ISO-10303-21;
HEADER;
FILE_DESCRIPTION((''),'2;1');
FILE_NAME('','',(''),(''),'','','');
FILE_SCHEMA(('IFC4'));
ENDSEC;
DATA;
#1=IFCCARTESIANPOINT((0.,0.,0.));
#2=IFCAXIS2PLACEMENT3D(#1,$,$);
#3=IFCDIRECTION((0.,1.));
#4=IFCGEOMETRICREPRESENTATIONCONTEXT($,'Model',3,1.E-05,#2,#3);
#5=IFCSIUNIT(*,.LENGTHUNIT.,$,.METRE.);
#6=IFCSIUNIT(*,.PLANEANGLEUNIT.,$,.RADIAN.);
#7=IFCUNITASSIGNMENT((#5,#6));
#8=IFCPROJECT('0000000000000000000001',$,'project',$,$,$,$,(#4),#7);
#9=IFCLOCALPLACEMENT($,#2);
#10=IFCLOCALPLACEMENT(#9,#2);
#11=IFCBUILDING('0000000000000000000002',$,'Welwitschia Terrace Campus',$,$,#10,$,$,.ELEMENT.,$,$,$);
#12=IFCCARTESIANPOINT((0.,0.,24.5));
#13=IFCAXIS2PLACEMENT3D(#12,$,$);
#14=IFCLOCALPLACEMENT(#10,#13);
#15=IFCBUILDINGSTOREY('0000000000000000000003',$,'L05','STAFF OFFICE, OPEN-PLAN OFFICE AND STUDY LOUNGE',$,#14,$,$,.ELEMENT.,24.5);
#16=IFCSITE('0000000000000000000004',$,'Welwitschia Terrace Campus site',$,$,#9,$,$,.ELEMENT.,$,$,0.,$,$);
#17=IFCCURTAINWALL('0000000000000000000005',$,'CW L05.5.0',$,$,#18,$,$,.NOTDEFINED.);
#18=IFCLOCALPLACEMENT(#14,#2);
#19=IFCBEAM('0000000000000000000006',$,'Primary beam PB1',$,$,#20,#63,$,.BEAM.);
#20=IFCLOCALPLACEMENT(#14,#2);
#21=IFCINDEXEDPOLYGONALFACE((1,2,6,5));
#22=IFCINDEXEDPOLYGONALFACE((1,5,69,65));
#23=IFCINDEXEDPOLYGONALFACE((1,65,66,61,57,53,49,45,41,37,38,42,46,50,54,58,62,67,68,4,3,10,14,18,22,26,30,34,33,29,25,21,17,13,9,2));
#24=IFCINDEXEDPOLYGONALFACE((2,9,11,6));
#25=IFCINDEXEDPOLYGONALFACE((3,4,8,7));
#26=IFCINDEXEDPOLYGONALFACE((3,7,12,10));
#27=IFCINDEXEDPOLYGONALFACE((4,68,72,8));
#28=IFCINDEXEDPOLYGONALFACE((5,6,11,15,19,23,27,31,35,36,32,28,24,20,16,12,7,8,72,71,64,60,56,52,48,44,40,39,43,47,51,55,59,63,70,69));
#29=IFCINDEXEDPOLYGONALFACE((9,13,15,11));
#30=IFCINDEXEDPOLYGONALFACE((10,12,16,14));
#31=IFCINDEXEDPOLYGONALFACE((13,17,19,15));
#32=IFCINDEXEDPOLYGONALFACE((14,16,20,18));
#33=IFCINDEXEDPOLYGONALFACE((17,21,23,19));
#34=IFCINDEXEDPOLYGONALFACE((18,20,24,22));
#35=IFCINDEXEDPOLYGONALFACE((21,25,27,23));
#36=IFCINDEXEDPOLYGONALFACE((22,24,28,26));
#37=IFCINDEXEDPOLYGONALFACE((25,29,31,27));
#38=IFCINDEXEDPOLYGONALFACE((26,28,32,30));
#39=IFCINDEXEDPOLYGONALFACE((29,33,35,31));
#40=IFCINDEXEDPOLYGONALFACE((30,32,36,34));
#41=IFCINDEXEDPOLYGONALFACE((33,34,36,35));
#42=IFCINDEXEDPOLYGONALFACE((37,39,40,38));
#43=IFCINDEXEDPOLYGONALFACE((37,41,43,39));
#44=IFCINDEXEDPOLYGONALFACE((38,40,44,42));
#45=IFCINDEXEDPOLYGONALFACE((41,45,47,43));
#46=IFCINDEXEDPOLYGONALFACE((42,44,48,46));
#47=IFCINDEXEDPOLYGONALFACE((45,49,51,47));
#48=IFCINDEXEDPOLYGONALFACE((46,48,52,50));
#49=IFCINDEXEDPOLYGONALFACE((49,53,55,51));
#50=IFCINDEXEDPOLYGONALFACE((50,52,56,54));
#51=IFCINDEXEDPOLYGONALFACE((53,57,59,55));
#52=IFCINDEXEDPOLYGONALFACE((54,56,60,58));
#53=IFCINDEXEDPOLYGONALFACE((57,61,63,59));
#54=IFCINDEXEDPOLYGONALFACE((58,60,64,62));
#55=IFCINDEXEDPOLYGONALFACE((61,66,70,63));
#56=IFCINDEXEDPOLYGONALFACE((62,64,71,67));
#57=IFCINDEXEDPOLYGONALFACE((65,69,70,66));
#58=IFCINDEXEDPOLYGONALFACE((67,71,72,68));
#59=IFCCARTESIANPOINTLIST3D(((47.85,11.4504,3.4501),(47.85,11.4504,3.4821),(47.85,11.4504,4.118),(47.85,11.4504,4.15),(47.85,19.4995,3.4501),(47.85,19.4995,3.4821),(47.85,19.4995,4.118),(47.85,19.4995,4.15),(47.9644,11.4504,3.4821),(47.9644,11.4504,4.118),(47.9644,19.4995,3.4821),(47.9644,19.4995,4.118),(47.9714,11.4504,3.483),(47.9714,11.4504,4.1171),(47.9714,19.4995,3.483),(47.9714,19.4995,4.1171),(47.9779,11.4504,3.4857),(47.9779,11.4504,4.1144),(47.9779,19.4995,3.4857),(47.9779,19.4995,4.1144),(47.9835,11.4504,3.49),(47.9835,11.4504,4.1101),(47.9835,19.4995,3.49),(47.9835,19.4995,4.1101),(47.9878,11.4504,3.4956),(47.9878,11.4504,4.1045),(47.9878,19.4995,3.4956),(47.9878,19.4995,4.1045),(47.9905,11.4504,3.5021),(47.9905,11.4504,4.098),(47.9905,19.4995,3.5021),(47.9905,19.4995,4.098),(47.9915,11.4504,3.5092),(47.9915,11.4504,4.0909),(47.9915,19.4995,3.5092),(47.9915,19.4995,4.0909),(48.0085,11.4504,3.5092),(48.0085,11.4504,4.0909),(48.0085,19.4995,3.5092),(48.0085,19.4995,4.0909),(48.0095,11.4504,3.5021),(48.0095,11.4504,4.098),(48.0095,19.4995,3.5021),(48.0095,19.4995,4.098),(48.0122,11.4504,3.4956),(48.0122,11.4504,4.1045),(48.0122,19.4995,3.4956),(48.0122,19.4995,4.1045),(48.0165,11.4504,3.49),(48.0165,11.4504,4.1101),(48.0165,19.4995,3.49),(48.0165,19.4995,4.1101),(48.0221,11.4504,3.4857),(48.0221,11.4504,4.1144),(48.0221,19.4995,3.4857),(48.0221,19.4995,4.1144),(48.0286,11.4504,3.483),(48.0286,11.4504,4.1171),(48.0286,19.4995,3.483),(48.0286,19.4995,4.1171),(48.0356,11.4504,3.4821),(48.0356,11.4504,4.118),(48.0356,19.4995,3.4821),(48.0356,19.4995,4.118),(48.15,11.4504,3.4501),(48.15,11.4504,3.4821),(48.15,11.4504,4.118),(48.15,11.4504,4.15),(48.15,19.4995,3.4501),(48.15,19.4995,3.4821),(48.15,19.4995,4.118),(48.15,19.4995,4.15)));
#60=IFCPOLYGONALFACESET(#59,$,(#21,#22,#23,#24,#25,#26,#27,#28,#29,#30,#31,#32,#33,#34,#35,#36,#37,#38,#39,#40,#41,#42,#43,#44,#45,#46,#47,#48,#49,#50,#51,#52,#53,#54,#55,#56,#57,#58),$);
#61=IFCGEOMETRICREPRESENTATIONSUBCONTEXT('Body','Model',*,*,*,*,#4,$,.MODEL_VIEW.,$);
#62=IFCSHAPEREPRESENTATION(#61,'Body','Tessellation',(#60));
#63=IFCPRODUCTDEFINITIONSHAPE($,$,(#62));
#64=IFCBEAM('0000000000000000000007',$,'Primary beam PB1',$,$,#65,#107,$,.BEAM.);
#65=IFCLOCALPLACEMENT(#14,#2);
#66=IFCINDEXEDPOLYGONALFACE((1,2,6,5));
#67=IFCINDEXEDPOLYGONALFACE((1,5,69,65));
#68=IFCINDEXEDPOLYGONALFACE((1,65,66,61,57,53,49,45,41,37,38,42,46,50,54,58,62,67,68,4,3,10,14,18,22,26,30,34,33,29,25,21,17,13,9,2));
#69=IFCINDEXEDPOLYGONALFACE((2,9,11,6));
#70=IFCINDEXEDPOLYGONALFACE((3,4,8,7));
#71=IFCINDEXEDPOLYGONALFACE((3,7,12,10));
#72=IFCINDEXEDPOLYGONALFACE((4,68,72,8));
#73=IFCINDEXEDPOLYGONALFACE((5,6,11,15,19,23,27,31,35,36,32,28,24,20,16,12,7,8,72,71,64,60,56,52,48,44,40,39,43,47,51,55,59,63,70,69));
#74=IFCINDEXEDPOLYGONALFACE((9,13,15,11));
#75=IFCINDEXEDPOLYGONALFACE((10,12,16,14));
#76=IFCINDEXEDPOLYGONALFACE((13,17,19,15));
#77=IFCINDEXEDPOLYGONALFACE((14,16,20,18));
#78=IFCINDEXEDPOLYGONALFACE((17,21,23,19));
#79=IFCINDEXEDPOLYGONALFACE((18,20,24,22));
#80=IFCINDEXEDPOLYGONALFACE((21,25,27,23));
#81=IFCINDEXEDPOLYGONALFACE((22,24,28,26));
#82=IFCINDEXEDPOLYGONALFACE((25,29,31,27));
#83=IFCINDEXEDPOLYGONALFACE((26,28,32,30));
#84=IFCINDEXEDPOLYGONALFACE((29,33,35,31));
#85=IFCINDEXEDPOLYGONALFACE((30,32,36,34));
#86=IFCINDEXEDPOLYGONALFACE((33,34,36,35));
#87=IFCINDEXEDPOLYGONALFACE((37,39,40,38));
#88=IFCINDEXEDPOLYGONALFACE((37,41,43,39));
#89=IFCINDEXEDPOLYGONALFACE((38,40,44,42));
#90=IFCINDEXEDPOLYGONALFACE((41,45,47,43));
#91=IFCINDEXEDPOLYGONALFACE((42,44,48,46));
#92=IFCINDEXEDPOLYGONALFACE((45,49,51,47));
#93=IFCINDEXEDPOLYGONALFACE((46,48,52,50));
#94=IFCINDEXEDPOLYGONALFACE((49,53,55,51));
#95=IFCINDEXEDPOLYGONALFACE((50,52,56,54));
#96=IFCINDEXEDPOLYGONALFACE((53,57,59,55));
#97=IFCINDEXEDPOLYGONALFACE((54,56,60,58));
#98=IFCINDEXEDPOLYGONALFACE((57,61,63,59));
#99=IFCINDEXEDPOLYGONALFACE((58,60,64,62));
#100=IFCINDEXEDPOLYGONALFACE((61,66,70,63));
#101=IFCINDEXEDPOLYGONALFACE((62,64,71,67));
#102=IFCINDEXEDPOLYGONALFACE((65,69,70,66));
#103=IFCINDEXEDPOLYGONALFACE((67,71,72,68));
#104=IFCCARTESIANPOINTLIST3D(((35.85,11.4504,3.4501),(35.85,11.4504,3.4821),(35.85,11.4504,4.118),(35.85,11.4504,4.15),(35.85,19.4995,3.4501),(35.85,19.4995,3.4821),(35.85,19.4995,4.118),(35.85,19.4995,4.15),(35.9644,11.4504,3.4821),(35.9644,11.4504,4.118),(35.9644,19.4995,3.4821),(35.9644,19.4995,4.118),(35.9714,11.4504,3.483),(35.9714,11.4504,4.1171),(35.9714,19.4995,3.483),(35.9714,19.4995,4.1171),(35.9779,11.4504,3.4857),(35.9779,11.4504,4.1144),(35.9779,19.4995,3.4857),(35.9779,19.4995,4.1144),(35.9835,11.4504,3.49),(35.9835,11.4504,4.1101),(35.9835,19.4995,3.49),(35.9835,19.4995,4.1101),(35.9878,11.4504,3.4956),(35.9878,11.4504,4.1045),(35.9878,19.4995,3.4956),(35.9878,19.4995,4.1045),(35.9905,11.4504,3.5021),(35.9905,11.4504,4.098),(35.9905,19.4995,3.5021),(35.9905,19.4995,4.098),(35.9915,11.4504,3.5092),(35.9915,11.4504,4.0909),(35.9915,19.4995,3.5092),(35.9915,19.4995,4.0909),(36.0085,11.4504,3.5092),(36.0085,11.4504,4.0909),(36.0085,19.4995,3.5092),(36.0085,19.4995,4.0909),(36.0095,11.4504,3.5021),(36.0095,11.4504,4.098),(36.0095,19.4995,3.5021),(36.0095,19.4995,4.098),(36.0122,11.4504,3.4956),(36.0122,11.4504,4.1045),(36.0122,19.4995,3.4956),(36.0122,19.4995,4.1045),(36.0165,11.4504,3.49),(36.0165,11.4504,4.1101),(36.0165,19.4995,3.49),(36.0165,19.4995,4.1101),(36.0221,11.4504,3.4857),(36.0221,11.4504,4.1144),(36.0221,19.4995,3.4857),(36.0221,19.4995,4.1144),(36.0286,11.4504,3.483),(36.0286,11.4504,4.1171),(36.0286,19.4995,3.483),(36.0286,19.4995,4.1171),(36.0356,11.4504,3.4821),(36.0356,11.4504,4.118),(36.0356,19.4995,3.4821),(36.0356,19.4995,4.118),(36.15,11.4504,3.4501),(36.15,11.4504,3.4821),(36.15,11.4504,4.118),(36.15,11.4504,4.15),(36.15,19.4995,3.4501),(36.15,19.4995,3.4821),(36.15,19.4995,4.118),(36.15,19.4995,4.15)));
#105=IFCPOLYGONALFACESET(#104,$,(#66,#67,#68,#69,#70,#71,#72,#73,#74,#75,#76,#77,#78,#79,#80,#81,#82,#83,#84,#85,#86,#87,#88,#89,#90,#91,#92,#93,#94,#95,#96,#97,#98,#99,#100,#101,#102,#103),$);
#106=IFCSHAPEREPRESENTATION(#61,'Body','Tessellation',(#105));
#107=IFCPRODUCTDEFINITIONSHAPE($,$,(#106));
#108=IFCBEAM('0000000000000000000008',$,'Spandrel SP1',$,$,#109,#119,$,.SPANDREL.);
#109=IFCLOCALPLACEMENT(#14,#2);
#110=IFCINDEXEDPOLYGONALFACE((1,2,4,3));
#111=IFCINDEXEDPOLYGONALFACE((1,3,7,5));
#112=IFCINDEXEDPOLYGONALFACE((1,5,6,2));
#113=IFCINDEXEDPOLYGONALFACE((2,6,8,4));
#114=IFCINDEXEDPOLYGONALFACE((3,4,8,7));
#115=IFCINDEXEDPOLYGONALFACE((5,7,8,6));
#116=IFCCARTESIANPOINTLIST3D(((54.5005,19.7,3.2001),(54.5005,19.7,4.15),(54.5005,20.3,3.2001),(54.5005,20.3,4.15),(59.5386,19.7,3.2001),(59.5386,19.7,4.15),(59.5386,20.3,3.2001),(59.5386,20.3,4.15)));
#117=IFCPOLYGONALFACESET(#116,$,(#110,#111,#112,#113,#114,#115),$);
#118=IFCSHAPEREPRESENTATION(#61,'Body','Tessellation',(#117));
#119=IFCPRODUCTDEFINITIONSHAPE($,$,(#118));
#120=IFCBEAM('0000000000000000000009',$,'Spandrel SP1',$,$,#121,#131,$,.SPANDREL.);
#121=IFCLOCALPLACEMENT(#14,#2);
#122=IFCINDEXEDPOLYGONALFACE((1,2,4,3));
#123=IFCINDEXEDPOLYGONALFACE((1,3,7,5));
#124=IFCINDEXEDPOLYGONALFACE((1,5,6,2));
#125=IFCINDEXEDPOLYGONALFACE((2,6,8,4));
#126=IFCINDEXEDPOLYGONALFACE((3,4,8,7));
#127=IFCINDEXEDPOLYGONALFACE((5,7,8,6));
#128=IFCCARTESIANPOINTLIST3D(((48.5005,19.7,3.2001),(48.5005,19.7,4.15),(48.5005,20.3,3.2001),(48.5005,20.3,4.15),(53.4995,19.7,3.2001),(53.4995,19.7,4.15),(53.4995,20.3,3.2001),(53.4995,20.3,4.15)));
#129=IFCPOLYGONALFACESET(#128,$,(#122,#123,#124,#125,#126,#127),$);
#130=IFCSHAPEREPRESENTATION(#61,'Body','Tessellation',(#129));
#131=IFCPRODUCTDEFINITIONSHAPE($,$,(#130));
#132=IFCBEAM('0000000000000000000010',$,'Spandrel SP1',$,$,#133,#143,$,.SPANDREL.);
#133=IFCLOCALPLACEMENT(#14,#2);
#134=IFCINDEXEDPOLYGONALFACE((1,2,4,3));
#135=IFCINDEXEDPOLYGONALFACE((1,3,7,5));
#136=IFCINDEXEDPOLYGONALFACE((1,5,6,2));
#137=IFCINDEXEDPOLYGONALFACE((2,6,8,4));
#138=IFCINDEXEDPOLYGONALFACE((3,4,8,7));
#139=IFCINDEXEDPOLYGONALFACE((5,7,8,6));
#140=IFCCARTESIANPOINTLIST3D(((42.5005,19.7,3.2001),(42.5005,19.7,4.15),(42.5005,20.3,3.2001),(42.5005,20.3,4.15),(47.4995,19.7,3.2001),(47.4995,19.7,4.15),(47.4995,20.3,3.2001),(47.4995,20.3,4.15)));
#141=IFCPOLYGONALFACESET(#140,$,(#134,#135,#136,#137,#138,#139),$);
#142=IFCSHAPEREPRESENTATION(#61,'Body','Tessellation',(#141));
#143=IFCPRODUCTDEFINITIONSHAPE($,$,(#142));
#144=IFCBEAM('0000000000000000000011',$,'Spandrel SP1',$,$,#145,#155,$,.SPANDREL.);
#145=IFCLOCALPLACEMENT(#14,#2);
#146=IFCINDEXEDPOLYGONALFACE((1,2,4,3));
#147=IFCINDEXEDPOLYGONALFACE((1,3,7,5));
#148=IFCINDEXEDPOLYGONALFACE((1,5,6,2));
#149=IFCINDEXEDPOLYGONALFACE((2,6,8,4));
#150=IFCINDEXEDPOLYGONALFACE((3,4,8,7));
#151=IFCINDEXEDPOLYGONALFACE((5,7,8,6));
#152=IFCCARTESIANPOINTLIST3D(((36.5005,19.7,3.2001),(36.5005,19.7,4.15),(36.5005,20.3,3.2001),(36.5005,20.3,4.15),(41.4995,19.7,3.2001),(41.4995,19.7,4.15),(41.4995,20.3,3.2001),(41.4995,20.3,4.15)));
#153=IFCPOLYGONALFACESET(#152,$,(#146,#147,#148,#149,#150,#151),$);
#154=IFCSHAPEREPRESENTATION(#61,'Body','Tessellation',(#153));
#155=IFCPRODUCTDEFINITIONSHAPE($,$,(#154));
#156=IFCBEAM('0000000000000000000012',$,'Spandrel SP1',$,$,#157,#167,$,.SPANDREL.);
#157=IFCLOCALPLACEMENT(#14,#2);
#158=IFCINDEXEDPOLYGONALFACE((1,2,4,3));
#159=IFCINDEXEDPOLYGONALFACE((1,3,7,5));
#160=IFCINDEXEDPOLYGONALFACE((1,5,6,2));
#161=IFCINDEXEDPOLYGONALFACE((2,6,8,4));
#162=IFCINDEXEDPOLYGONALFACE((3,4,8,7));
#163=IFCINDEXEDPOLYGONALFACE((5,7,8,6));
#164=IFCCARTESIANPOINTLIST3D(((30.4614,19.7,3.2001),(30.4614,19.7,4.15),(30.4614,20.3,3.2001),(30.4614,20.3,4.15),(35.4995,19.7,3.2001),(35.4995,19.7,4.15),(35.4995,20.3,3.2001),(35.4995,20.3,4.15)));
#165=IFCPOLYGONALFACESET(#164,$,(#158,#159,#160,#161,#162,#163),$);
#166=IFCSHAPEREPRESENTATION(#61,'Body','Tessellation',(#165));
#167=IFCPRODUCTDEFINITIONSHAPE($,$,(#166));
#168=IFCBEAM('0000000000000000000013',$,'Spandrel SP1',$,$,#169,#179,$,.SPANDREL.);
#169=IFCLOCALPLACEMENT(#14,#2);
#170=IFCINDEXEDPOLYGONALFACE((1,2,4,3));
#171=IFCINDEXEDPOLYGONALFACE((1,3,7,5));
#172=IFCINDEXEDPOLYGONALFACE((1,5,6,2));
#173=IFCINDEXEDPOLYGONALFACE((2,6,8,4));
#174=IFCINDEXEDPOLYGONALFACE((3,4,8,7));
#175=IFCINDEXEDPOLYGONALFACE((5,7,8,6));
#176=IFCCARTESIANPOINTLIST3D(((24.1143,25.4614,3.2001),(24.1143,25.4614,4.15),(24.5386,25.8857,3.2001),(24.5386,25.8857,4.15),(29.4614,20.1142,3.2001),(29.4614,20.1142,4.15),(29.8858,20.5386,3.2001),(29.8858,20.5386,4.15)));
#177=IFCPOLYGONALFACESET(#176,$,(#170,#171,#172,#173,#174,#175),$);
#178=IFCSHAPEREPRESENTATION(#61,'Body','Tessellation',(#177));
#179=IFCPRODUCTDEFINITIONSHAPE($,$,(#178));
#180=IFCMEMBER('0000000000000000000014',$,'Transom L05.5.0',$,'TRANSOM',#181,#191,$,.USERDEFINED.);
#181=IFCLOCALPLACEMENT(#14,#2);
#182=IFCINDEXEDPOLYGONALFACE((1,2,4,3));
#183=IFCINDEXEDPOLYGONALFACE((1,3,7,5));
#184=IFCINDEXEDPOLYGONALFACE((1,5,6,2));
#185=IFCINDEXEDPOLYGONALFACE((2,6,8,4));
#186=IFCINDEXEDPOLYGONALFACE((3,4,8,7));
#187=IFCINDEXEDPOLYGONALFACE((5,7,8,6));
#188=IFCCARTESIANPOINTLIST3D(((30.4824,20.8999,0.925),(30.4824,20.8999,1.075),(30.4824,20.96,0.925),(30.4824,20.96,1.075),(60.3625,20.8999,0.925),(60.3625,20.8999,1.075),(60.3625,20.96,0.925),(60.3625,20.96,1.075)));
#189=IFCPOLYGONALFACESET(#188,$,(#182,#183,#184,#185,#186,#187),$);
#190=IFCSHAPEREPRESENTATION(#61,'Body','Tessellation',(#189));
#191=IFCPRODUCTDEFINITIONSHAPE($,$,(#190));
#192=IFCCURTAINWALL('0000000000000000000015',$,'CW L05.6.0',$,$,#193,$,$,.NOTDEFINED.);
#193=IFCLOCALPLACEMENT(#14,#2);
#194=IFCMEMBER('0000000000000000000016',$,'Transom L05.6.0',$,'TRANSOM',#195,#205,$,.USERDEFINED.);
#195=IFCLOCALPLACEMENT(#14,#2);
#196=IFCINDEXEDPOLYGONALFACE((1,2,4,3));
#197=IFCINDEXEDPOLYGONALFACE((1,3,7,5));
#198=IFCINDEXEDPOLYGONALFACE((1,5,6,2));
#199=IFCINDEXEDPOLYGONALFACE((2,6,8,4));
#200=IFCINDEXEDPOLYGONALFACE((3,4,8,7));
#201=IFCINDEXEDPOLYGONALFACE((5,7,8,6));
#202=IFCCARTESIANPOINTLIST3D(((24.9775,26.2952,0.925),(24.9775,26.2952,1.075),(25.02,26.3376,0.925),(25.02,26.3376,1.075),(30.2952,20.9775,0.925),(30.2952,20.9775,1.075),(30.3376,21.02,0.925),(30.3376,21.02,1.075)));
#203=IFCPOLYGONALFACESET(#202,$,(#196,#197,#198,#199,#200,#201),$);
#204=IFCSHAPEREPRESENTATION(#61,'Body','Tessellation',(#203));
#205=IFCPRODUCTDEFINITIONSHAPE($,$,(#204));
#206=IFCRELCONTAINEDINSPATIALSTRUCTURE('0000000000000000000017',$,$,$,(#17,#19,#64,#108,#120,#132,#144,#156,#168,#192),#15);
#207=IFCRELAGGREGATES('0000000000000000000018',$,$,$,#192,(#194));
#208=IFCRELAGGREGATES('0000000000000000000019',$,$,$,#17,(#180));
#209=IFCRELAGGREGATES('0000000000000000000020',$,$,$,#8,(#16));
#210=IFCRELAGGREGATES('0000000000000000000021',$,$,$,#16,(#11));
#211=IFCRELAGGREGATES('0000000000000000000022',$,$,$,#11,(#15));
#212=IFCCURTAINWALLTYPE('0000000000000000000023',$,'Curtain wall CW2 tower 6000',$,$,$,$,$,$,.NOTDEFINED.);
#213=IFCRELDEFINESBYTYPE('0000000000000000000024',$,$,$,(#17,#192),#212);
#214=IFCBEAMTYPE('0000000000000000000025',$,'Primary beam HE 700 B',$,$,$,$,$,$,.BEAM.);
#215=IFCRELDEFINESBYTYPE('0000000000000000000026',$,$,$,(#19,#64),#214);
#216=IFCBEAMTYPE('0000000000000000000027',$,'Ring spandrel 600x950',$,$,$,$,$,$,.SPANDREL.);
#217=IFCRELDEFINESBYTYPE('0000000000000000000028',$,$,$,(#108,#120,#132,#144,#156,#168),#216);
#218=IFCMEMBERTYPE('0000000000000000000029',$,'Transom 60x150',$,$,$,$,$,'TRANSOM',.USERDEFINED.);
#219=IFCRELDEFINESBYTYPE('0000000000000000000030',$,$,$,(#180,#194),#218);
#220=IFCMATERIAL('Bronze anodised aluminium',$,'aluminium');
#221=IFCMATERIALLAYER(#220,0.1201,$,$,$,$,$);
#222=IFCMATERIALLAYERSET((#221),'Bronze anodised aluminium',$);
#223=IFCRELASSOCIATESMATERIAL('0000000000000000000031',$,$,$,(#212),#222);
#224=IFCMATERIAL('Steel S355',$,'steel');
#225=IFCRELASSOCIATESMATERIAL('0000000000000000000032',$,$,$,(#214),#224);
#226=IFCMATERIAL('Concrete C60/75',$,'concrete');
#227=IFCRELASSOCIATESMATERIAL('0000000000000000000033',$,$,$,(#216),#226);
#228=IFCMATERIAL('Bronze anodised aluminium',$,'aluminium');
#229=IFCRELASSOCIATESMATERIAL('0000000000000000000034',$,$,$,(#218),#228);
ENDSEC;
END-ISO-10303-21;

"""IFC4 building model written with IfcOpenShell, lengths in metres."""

from ifc_helpers import new_model, si_unit, direction, frame, origin, origin_2d, place, context, subcontext, project, spatial, rectangle, i_section, extrude, material, layer, layer_set, material_profile, profile_set, type_object, element, aggregate, save


model = new_model("IFC4")

# Units and contexts
model_context = context("Model", 3, precision=1e-05, world=origin(), true_north=direction((0.0, 1.0)))
body_context = subcontext(model_context, "Body", "Model", "MODEL_VIEW")
ifc_project = project(units=[si_unit("LENGTHUNIT", "METRE"), si_unit("PLANEANGLEUNIT", "RADIAN")], contexts=[model_context])

# Site, building, storey
site_placement = place(None, origin())
site = spatial("IfcSite", under=ifc_project, at=site_placement, Name="Welwitschia Terrace Campus site", CompositionType="ELEMENT", RefElevation=0.0)
building_placement = place(site_placement, origin())
building = spatial("IfcBuilding", under=site, at=building_placement, Name="Welwitschia Terrace Campus", CompositionType="ELEMENT")
storey_placement = place(building_placement, frame((0.0, 0.0, 24.5)))
storey = spatial("IfcBuildingStorey", under=building, at=storey_placement, Name="L05", Description="STAFF OFFICE, OPEN-PLAN OFFICE AND STUDY LOUNGE", CompositionType="ELEMENT", Elevation=24.5)

# Shared definitions
ifc_material_1 = material(Name="Bronze anodised aluminium", Category="aluminium")
ifc_layer_1 = layer(ifc_material_1, 0.1201)
ifc_layer_set_1 = layer_set([ifc_layer_1], Name="Bronze anodised aluminium")
curtain_wall_type = type_object("IfcCurtainWallType", Name="Curtain wall CW2 tower 6000", PredefinedType="NOTDEFINED", material=ifc_layer_set_1)

# Curtain wall
curtain_wall_1_placement = place(storey_placement, origin())
curtain_wall_1 = element("IfcCurtainWall", 1, at=curtain_wall_1_placement, inside=storey, type_object=curtain_wall_type, Name="CW L05.5.0", PredefinedType="NOTDEFINED")

# Beams
ifc_material_2 = material(Name="Steel S355", Category="steel")
ifc_material_profile_1 = material_profile(ifc_material_2, i_section(OverallWidth=0.3, OverallDepth=0.7, WebThickness=0.0171, FlangeThickness=0.032, FilletRadius=0.0271, at=origin_2d()))
ifc_profile_set_1 = profile_set([ifc_material_profile_1], Name="Steel S355")
beam_type_1 = type_object("IfcBeamType", Name="Primary beam HE 700 B", PredefinedType="BEAM", material=ifc_profile_set_1)
for number, where, z_axis, x_axis, name in (
    (2, (48.0, 19.4995, 3.8), (0.0, -1.0, 0.0), (1.0, 0.0, 0.0), "Primary beam PB1"),
    (3, (36.0, 19.4995, 3.8), (0.0, -1.0, 0.0), (1.0, 0.0, 0.0), "Primary beam PB1"),
):
    element("IfcBeam", number, at=place(storey_placement, frame(where, z_axis=z_axis, x_axis=x_axis)), inside=storey, type_object=beam_type_1, Name=name, PredefinedType="BEAM", context=body_context, shape_type="SweptSolid", body=[
        extrude(i_section(OverallWidth=0.3, OverallDepth=0.7, WebThickness=0.0171, FlangeThickness=0.032, FilletRadius=0.0271, at=origin_2d()), origin(), (0.0, 0.0, 1.0), 8.0491),
    ])
ifc_material_3 = material(Name="Concrete C60/75", Category="concrete")
ifc_material_profile_2 = material_profile(ifc_material_3, rectangle(XDim=0.6001, YDim=0.95, at=origin_2d()))
ifc_profile_set_2 = profile_set([ifc_material_profile_2], Name="Concrete C60/75")
beam_type_2 = type_object("IfcBeamType", Name="Ring spandrel 600x950", PredefinedType="SPANDREL", material=ifc_profile_set_2)
beam_1_placement = place(storey_placement, frame((59.5386, 20.0, 3.675), z_axis=(-1.0, 0.0, 0.0), x_axis=(0.0, -1.0, 0.0)))
element("IfcBeam", 4, at=beam_1_placement, inside=storey, type_object=beam_type_2, Name="Spandrel SP1", PredefinedType="SPANDREL", context=body_context, shape_type="SweptSolid", body=[
    extrude(rectangle(XDim=0.6001, YDim=0.95, at=origin_2d()), origin(), (0.0, 0.0, 1.0), 5.0381),
])
for number, where, z_axis, x_axis, name in (
    (5, (53.4995, 20.0, 3.675), (-1.0, 0.0, 0.0), (0.0, -1.0, 0.0), "Spandrel SP1"),
    (6, (47.4995, 20.0, 3.675), (-1.0, 0.0, 0.0), (0.0, -1.0, 0.0), "Spandrel SP1"),
    (7, (41.4995, 20.0, 3.675), (-1.0, 0.0, 0.0), (0.0, -1.0, 0.0), "Spandrel SP1"),
):
    element("IfcBeam", number, at=place(storey_placement, frame(where, z_axis=z_axis, x_axis=x_axis)), inside=storey, type_object=beam_type_2, Name=name, PredefinedType="SPANDREL", context=body_context, shape_type="SweptSolid", body=[
        extrude(rectangle(XDim=0.6001, YDim=0.95, at=origin_2d()), origin(), (0.0, 0.0, 1.0), 4.999),
    ])
beam_2_placement = place(storey_placement, frame((35.4995, 20.0, 3.675), z_axis=(-1.0, 0.0, 0.0), x_axis=(0.0, -1.0, 0.0)))
element("IfcBeam", 8, at=beam_2_placement, inside=storey, type_object=beam_type_2, Name="Spandrel SP1", PredefinedType="SPANDREL", context=body_context, shape_type="SweptSolid", body=[
    extrude(rectangle(XDim=0.6001, YDim=0.95, at=origin_2d()), origin(), (0.0, 0.0, 1.0), 5.0381),
])
beam_3_placement = place(storey_placement, frame((29.6736, 20.3264, 3.675), z_axis=(-0.707107, 0.707107, 0.0), x_axis=(-0.707107, -0.707107, 0.0)))
element("IfcBeam", 9, at=beam_3_placement, inside=storey, type_object=beam_type_2, Name="Spandrel SP1", PredefinedType="SPANDREL", context=body_context, shape_type="SweptSolid", body=[
    extrude(rectangle(XDim=0.6001, YDim=0.95, at=origin_2d()), origin(), (0.0, 0.0, 1.0), 7.562),
])

# Member
ifc_material_4 = material(Name="Bronze anodised aluminium", Category="aluminium")
ifc_material_profile_3 = material_profile(ifc_material_4, rectangle(XDim=0.0601, YDim=0.1499, at=origin_2d()))
ifc_profile_set_3 = profile_set([ifc_material_profile_3], Name="Bronze anodised aluminium")
member_type_1 = type_object("IfcMemberType", Name="Transom 60x150", ElementType="TRANSOM", PredefinedType="USERDEFINED", material=ifc_profile_set_3)
member_1_placement = place(storey_placement, frame((60.3625, 20.9299, 1.0), z_axis=(-1.0, 0.0, 0.0), x_axis=(0.0, -1.0, 0.0)))
member_1 = element("IfcMember", 10, at=member_1_placement, type_object=member_type_1, Name="Transom L05.5.0", ObjectType="TRANSOM", PredefinedType="USERDEFINED", context=body_context, shape_type="SweptSolid", body=[
    extrude(rectangle(XDim=0.0601, YDim=0.1499, at=origin_2d()), origin(), (0.0, 0.0, 1.0), 29.8801),
])

# Curtain wall, member
curtain_wall_2_placement = place(storey_placement, origin())
curtain_wall_2 = element("IfcCurtainWall", 11, at=curtain_wall_2_placement, inside=storey, type_object=curtain_wall_type, Name="CW L05.6.0", PredefinedType="NOTDEFINED")
member_2_placement = place(storey_placement, frame((30.3164, 20.9988, 1.0), z_axis=(-0.707107, 0.707107, 0.0), x_axis=(-0.707107, -0.707107, 0.0)))
member_2 = element("IfcMember", 12, at=member_2_placement, type_object=member_type_1, Name="Transom L05.6.0", ObjectType="TRANSOM", PredefinedType="USERDEFINED", context=body_context, shape_type="SweptSolid", body=[
    extrude(rectangle(XDim=0.0601, YDim=0.1499, at=origin_2d()), origin(), (0.0, 0.0, 1.0), 7.5203),
])
aggregate(curtain_wall_2, [member_2])

aggregate(curtain_wall_1, [member_1])

save(model, "model.ifc")
